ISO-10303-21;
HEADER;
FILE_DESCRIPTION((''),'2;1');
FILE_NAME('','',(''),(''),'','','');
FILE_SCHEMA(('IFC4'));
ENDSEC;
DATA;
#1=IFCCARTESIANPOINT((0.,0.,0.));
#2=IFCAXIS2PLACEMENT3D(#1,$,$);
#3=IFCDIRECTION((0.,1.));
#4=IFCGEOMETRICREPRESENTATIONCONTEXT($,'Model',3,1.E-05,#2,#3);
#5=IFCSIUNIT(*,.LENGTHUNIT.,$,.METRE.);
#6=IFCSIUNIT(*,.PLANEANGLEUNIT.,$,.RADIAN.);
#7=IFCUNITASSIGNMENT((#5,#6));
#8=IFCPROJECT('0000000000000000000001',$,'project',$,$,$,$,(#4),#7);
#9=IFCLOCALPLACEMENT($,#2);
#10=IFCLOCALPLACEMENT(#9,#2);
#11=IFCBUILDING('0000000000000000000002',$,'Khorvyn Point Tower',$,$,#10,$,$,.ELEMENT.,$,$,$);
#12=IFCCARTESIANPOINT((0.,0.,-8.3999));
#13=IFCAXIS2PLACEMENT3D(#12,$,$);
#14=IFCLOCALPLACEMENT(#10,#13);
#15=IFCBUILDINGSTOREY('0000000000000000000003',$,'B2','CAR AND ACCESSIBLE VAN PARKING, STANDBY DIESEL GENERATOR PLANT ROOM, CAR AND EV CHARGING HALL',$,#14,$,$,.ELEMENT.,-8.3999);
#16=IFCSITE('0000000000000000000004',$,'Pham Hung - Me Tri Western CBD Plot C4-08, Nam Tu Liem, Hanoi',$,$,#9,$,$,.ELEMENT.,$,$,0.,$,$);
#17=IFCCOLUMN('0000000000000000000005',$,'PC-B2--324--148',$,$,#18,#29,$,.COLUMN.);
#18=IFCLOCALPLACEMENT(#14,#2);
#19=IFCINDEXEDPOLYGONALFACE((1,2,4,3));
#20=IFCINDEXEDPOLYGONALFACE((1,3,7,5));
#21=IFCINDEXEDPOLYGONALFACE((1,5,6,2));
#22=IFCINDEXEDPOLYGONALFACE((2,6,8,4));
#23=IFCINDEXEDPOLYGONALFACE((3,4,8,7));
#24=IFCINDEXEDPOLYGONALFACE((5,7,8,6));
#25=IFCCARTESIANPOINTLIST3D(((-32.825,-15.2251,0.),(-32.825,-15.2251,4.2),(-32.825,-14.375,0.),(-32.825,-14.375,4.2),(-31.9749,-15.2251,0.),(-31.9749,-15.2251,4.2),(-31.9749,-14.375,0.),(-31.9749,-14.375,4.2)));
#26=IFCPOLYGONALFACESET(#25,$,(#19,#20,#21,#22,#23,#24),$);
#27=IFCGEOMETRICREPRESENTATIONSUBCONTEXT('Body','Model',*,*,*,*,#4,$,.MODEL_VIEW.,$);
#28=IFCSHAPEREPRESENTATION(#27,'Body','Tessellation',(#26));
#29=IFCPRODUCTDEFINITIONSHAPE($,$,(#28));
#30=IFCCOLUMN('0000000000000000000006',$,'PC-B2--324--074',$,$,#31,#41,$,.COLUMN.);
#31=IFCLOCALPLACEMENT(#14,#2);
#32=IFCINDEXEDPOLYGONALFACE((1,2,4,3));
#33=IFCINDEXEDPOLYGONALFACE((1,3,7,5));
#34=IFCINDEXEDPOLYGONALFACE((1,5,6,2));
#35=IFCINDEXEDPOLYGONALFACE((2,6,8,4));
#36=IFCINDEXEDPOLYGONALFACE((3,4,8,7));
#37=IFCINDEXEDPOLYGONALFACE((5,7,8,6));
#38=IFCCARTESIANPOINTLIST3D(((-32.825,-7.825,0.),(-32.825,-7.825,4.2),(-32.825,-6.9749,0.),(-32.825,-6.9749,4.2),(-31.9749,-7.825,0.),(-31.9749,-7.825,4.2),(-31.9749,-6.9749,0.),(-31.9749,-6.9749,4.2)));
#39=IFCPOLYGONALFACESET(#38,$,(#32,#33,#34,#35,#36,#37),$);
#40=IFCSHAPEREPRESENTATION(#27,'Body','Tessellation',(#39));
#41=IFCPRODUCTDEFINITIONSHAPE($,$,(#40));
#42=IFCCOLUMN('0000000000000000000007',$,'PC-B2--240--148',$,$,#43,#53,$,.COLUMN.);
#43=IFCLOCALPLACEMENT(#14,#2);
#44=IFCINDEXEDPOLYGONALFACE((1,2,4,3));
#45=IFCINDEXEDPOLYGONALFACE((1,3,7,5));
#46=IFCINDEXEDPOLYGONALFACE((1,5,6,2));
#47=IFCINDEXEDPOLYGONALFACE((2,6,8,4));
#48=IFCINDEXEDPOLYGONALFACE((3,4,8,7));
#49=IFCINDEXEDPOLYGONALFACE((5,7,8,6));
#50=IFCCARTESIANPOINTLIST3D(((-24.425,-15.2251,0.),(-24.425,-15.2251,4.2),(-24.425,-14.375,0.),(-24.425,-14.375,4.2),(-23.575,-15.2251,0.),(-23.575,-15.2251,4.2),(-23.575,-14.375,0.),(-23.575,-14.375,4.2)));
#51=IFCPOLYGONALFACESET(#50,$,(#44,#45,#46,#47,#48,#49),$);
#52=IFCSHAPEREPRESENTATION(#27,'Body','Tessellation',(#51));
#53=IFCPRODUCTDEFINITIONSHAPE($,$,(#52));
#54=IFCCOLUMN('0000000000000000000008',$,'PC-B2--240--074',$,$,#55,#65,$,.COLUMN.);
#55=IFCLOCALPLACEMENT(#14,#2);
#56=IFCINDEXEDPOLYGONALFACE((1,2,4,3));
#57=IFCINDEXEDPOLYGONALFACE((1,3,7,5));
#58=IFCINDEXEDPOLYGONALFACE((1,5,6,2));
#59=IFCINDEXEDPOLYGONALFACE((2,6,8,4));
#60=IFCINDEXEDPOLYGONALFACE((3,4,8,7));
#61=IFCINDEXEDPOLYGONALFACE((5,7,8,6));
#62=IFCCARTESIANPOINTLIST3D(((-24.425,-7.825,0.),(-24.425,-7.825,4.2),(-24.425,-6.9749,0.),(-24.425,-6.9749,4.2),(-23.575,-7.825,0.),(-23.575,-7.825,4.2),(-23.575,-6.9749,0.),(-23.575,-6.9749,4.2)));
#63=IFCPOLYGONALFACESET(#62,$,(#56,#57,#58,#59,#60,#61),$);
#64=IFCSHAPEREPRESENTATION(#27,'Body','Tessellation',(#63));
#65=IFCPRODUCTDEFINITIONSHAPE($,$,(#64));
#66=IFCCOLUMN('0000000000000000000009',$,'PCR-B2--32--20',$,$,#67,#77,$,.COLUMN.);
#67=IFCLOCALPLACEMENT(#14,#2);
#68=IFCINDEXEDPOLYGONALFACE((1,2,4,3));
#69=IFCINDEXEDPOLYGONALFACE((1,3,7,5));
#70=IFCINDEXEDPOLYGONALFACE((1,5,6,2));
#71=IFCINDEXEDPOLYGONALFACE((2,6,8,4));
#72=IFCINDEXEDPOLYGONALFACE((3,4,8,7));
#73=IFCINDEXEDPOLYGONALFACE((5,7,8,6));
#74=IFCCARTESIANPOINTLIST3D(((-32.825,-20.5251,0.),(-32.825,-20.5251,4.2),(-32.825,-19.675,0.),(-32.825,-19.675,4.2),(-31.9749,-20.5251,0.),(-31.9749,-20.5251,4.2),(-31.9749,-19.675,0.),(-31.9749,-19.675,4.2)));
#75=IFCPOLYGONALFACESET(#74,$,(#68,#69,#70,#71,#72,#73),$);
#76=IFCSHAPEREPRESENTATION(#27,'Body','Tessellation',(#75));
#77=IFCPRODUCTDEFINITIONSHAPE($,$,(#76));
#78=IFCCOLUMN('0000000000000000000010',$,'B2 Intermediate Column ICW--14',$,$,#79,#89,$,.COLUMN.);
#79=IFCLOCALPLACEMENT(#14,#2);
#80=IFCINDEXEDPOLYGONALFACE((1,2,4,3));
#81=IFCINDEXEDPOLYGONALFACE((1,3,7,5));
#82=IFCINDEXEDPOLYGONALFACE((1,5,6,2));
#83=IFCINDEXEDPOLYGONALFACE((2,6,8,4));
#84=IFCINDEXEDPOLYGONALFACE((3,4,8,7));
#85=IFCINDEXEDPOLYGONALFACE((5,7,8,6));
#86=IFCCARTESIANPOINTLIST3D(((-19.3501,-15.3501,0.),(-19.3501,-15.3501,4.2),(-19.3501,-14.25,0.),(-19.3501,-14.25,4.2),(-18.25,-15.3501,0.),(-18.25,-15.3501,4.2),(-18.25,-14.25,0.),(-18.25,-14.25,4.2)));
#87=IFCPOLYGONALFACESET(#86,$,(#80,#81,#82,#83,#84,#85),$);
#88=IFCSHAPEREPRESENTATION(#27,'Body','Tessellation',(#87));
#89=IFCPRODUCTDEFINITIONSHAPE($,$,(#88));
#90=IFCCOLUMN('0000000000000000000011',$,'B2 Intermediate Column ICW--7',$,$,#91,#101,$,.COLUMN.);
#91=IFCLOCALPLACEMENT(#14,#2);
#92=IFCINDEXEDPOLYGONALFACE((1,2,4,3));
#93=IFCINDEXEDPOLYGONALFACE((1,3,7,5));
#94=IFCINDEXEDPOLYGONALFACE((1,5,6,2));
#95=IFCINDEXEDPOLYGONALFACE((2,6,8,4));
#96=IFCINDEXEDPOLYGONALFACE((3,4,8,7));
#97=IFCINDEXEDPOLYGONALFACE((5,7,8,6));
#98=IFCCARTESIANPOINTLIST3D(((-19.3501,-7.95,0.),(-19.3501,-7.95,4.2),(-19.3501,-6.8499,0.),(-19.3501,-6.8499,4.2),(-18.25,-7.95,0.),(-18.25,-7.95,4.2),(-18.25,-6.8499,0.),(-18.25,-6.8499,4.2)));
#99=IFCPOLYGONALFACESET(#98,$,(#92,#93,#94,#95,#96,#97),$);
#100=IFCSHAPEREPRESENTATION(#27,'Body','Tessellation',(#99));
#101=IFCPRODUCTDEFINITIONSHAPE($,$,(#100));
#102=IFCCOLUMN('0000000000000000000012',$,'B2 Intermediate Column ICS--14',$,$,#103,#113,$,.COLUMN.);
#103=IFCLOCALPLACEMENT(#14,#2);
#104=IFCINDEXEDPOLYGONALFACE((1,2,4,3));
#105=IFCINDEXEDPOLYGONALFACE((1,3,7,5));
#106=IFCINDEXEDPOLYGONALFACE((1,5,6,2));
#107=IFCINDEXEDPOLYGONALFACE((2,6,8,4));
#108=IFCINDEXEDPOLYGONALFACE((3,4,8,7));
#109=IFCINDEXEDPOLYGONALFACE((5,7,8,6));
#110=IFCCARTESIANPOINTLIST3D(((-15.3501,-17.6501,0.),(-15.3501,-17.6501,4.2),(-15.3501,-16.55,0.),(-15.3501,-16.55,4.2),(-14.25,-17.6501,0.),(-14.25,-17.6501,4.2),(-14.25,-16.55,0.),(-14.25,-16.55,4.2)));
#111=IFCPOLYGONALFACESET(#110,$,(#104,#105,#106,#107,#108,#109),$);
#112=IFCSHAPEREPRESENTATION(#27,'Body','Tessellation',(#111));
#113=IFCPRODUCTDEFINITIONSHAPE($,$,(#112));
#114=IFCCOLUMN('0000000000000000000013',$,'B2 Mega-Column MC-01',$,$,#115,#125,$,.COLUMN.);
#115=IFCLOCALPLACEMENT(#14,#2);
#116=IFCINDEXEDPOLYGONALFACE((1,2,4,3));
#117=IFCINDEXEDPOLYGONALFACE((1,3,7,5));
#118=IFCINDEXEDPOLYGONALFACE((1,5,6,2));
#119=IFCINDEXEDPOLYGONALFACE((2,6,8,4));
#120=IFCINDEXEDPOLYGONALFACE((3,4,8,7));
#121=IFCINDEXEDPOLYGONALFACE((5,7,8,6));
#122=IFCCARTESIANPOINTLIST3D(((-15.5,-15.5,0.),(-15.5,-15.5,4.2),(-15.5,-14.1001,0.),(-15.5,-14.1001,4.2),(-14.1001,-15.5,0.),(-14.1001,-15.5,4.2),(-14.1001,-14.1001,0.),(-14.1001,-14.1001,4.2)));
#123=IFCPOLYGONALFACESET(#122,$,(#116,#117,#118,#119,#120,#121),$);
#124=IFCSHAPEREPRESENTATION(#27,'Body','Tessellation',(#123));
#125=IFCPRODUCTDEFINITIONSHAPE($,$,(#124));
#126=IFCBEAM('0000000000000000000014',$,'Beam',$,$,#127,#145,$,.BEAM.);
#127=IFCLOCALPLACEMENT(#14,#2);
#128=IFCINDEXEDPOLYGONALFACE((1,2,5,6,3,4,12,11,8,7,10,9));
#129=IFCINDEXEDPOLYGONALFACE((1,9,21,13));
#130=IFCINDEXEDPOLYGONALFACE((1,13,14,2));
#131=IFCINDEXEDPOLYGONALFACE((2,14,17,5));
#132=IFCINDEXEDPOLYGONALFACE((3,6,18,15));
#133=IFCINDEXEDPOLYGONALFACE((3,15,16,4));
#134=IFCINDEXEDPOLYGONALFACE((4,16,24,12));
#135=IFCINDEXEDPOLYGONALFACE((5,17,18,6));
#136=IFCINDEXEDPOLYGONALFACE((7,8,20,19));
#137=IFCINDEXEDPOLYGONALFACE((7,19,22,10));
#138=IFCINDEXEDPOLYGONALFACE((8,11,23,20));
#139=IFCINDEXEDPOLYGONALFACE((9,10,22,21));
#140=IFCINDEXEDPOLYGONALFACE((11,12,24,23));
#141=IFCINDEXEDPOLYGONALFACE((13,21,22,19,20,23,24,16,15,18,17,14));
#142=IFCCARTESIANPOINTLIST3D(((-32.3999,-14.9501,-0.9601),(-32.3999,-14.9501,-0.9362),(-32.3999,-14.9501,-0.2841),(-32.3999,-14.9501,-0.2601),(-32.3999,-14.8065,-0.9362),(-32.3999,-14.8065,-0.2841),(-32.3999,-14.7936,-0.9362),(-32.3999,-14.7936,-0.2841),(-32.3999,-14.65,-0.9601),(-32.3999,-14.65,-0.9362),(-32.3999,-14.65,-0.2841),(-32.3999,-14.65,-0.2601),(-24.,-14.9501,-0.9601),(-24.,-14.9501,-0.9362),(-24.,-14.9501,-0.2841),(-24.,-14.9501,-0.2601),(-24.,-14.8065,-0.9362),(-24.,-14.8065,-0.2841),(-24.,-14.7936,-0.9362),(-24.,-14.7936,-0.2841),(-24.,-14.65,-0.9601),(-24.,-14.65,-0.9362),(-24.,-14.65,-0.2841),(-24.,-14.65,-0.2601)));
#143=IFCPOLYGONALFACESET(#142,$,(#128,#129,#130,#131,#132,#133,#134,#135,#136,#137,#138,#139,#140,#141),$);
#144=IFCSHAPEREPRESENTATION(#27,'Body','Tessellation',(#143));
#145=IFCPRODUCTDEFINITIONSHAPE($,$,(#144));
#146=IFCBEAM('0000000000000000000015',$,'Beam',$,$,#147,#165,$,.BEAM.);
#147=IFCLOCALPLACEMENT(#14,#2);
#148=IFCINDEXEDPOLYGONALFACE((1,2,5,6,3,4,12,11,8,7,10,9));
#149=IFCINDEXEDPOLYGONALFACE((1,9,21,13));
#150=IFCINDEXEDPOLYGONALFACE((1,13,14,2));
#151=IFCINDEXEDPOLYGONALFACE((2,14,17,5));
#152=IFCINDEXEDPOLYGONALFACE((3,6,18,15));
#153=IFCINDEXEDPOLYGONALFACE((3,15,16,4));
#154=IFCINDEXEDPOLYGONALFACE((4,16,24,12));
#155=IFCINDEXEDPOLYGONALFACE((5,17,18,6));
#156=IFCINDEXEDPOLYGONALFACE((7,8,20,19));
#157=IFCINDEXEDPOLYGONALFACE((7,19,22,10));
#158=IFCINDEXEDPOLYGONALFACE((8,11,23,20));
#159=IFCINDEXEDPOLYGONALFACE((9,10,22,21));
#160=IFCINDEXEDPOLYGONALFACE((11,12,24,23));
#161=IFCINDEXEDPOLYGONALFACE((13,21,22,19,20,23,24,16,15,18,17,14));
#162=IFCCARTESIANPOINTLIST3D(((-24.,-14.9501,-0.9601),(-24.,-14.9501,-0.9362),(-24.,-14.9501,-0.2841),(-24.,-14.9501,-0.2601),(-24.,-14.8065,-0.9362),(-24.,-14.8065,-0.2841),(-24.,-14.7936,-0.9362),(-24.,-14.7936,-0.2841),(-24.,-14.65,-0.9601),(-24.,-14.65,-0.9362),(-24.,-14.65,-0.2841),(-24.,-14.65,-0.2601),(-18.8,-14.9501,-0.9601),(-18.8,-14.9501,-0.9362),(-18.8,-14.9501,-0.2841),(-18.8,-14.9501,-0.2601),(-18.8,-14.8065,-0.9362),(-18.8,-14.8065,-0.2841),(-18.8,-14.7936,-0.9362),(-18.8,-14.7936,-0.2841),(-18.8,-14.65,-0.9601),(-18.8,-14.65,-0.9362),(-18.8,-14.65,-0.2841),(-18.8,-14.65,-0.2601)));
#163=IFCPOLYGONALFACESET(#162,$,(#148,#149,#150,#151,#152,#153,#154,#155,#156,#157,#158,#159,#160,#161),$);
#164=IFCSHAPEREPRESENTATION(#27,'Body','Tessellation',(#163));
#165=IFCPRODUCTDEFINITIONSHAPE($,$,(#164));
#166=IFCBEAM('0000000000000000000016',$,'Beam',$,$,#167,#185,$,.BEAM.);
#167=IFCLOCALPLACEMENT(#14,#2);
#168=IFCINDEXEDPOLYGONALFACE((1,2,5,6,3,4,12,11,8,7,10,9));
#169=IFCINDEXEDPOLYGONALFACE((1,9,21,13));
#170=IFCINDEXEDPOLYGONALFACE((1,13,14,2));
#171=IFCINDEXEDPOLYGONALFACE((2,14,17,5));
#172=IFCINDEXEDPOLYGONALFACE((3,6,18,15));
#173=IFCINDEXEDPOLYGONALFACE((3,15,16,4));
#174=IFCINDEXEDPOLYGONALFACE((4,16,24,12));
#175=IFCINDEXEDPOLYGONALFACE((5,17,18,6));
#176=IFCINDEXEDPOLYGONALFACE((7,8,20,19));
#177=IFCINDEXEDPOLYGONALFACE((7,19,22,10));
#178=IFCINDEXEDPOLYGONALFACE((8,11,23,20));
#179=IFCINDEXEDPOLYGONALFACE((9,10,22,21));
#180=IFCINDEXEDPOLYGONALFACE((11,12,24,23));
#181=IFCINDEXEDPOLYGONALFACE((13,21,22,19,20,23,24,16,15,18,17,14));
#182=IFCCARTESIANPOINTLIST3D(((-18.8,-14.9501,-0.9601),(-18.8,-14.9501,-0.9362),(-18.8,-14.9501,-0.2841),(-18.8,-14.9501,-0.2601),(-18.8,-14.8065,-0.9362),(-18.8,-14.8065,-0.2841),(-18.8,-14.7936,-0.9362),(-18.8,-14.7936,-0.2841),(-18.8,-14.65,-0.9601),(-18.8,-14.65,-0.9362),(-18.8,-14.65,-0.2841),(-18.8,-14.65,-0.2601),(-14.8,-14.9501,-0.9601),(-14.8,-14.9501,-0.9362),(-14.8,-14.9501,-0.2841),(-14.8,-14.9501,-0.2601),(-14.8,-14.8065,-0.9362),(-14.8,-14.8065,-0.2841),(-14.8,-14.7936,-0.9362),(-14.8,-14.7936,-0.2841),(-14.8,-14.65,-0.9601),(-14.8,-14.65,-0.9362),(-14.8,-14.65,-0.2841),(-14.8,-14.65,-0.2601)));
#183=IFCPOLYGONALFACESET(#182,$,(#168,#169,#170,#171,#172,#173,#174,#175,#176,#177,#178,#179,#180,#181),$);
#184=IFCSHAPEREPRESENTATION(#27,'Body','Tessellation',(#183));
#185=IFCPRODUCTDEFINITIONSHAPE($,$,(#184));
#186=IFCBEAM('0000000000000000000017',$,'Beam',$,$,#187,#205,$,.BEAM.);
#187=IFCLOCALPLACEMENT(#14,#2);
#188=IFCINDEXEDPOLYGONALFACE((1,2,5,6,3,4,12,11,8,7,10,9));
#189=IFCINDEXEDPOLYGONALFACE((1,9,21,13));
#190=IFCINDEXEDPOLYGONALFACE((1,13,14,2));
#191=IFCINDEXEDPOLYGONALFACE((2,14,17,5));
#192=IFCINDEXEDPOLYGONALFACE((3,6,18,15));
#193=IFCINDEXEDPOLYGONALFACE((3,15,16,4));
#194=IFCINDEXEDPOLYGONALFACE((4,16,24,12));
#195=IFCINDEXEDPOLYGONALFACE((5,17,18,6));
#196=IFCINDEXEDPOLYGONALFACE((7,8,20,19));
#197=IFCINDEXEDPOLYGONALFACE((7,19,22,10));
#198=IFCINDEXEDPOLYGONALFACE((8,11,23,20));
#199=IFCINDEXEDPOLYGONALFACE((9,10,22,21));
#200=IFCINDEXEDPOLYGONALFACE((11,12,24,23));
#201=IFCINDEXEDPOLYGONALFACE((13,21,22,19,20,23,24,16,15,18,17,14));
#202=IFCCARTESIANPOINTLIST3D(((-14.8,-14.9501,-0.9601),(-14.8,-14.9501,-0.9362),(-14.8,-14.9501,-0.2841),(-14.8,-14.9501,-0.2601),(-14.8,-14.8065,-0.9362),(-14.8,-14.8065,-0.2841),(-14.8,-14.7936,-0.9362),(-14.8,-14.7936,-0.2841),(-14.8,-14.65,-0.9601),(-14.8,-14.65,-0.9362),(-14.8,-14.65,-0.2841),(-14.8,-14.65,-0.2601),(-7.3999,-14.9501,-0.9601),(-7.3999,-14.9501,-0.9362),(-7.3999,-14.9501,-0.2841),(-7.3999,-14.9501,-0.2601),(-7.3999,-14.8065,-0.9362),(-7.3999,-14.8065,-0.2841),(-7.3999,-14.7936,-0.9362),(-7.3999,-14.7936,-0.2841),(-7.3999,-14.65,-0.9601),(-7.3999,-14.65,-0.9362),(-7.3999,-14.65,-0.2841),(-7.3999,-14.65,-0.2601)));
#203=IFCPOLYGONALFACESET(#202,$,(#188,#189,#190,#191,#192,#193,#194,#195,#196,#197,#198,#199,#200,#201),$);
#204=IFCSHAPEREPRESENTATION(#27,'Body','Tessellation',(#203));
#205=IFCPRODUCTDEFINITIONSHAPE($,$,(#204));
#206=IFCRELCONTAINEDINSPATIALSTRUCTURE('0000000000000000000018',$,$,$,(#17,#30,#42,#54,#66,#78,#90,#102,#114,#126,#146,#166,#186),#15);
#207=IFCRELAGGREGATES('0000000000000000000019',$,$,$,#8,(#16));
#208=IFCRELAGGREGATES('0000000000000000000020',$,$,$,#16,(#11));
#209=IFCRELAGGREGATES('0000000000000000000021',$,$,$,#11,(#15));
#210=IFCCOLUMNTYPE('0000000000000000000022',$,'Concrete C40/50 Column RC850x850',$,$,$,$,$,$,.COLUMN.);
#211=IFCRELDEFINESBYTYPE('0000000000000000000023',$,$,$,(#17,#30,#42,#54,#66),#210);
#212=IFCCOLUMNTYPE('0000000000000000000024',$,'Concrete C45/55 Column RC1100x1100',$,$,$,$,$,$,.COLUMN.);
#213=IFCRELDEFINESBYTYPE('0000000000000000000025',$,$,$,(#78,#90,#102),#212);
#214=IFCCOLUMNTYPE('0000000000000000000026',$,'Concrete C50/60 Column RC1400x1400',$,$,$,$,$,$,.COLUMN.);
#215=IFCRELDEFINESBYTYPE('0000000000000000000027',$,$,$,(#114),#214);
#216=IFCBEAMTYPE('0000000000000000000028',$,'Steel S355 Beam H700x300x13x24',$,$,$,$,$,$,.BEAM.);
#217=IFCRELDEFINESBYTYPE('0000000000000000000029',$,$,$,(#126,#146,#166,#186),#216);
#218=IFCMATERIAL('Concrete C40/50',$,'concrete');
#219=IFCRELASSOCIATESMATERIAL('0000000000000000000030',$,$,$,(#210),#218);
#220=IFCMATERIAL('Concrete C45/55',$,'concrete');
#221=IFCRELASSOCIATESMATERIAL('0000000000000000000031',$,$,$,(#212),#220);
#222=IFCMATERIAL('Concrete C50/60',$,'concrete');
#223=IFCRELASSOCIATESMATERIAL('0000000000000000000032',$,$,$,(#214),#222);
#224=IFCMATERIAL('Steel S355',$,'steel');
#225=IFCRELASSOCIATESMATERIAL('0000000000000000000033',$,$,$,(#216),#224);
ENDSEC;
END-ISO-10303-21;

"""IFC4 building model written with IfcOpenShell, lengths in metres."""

from ifc_helpers import new_model, si_unit, direction, frame, origin, origin_2d, place, context, subcontext, project, spatial, rectangle, i_section, extrude, material, material_profile, profile_set, type_object, element, save


model = new_model("IFC4")

# Units and contexts
model_context = context("Model", 3, precision=1e-05, world=origin(), true_north=direction((0.0, 1.0)))
body_context = subcontext(model_context, "Body", "Model", "MODEL_VIEW")
ifc_project = project(units=[si_unit("LENGTHUNIT", "METRE"), si_unit("PLANEANGLEUNIT", "RADIAN")], contexts=[model_context])

# Site, building, storey
site_placement = place(None, origin())
site = spatial("IfcSite", under=ifc_project, at=site_placement, Name="Pham Hung - Me Tri Western CBD Plot C4-08, Nam Tu Liem, Hanoi", CompositionType="ELEMENT", RefElevation=0.0)
building_placement = place(site_placement, origin())
building = spatial("IfcBuilding", under=site, at=building_placement, Name="Khorvyn Point Tower", CompositionType="ELEMENT")
storey_placement = place(building_placement, frame((0.0, 0.0, -8.3999)))
storey = spatial("IfcBuildingStorey", under=building, at=storey_placement, Name="B2", Description="CAR AND ACCESSIBLE VAN PARKING, STANDBY DIESEL GENERATOR PLANT ROOM, CAR AND EV CHARGING HALL", CompositionType="ELEMENT", Elevation=-8.3999)

# Columns
ifc_material_1 = material(Name="Concrete C40/50", Category="concrete")
ifc_material_profile_1 = material_profile(ifc_material_1, rectangle(XDim=0.8501, YDim=0.8501, at=origin_2d()))
ifc_profile_set_1 = profile_set([ifc_material_profile_1], Name="Concrete C40/50 RC850x850")
column_type_1 = type_object("IfcColumnType", Name="Concrete C40/50 Column RC850x850", PredefinedType="COLUMN", material=ifc_profile_set_1)
for number, where, z_axis, x_axis, name in (
    (1, (-32.3999, -14.8, 0.0), (0.0, 0.0, 1.0), (1.0, 0.0, 0.0), "PC-B2--324--148"),
    (2, (-32.3999, -7.3999, 0.0), (0.0, 0.0, 1.0), (1.0, 0.0, 0.0), "PC-B2--324--074"),
    (3, (-24.0, -14.8, 0.0), (0.0, 0.0, 1.0), (1.0, 0.0, 0.0), "PC-B2--240--148"),
    (4, (-24.0, -7.3999, 0.0), (0.0, 0.0, 1.0), (1.0, 0.0, 0.0), "PC-B2--240--074"),
    (5, (-32.3999, -20.1001, 0.0), (0.0, 0.0, 1.0), (1.0, 0.0, 0.0), "PCR-B2--32--20"),
):
    element("IfcColumn", number, at=place(storey_placement, frame(where, z_axis=z_axis, x_axis=x_axis)), inside=storey, type_object=column_type_1, Name=name, PredefinedType="COLUMN", context=body_context, shape_type="SweptSolid", body=[
        extrude(rectangle(XDim=0.8501, YDim=0.8501, at=origin_2d()), origin(), (0.0, 0.0, 1.0), 4.2),
    ])
ifc_material_2 = material(Name="Concrete C45/55", Category="concrete")
ifc_material_profile_2 = material_profile(ifc_material_2, rectangle(XDim=1.1001, YDim=1.1001, at=origin_2d()))
ifc_profile_set_2 = profile_set([ifc_material_profile_2], Name="Concrete C45/55 RC1100x1100")
column_type_2 = type_object("IfcColumnType", Name="Concrete C45/55 Column RC1100x1100", PredefinedType="COLUMN", material=ifc_profile_set_2)
for number, where, z_axis, x_axis, name in (
    (6, (-18.8, -14.8, 0.0), (0.0, 0.0, 1.0), (1.0, 0.0, 0.0), "B2 Intermediate Column ICW--14"),
    (7, (-18.8, -7.3999, 0.0), (0.0, 0.0, 1.0), (1.0, 0.0, 0.0), "B2 Intermediate Column ICW--7"),
    (8, (-14.8, -17.1001, 0.0), (0.0, 0.0, 1.0), (1.0, 0.0, 0.0), "B2 Intermediate Column ICS--14"),
):
    element("IfcColumn", number, at=place(storey_placement, frame(where, z_axis=z_axis, x_axis=x_axis)), inside=storey, type_object=column_type_2, Name=name, PredefinedType="COLUMN", context=body_context, shape_type="SweptSolid", body=[
        extrude(rectangle(XDim=1.1001, YDim=1.1001, at=origin_2d()), origin(), (0.0, 0.0, 1.0), 4.2),
    ])
ifc_material_3 = material(Name="Concrete C50/60", Category="concrete")
ifc_material_profile_3 = material_profile(ifc_material_3, rectangle(XDim=1.3999, YDim=1.3999, at=origin_2d()))
ifc_profile_set_3 = profile_set([ifc_material_profile_3], Name="Concrete C50/60 RC1400x1400")
column_type_3 = type_object("IfcColumnType", Name="Concrete C50/60 Column RC1400x1400", PredefinedType="COLUMN", material=ifc_profile_set_3)
column_placement = place(storey_placement, frame((-14.8, -14.8, 0.0), z_axis=(0.0, 0.0, 1.0), x_axis=(1.0, 0.0, 0.0)))
element("IfcColumn", 9, at=column_placement, inside=storey, type_object=column_type_3, Name="B2 Mega-Column MC-01", PredefinedType="COLUMN", context=body_context, shape_type="SweptSolid", body=[
    extrude(rectangle(XDim=1.3999, YDim=1.3999, at=origin_2d()), origin(), (0.0, 0.0, 1.0), 4.2),
])

# Beams
ifc_material_4 = material(Name="Steel S355", Category="steel")
ifc_material_profile_4 = material_profile(ifc_material_4, i_section(OverallWidth=0.3, OverallDepth=0.7, WebThickness=0.0129, FlangeThickness=0.0239, at=origin_2d()))
ifc_profile_set_4 = profile_set([ifc_material_profile_4], Name="Steel S355 H700x300x13x24")
beam_type_1 = type_object("IfcBeamType", Name="Steel S355 Beam H700x300x13x24", PredefinedType="BEAM", material=ifc_profile_set_4)
beam_1_placement = place(storey_placement, frame((-32.3999, -14.8, -0.6101), z_axis=(1.0, 0.0, 0.0), x_axis=(0.0, 1.0, 0.0)))
element("IfcBeam", 10, at=beam_1_placement, inside=storey, type_object=beam_type_1, Name="Beam", PredefinedType="BEAM", context=body_context, shape_type="SweptSolid", body=[
    extrude(i_section(OverallWidth=0.3, OverallDepth=0.7, WebThickness=0.0129, FlangeThickness=0.0239, at=origin_2d()), origin(), (0.0, 0.0, 1.0), 8.3999),
])
beam_2_placement = place(storey_placement, frame((-24.0, -14.8, -0.6101), z_axis=(1.0, 0.0, 0.0), x_axis=(0.0, 1.0, 0.0)))
element("IfcBeam", 11, at=beam_2_placement, inside=storey, type_object=beam_type_1, Name="Beam", PredefinedType="BEAM", context=body_context, shape_type="SweptSolid", body=[
    extrude(i_section(OverallWidth=0.3, OverallDepth=0.7, WebThickness=0.0129, FlangeThickness=0.0239, at=origin_2d()), origin(), (0.0, 0.0, 1.0), 5.2),
])
beam_3_placement = place(storey_placement, frame((-18.8, -14.8, -0.6101), z_axis=(1.0, 0.0, 0.0), x_axis=(0.0, 1.0, 0.0)))
element("IfcBeam", 12, at=beam_3_placement, inside=storey, type_object=beam_type_1, Name="Beam", PredefinedType="BEAM", context=body_context, shape_type="SweptSolid", body=[
    extrude(i_section(OverallWidth=0.3, OverallDepth=0.7, WebThickness=0.0129, FlangeThickness=0.0239, at=origin_2d()), origin(), (0.0, 0.0, 1.0), 4.0),
])
beam_4_placement = place(storey_placement, frame((-14.8, -14.8, -0.6101), z_axis=(1.0, 0.0, 0.0), x_axis=(0.0, 1.0, 0.0)))
element("IfcBeam", 13, at=beam_4_placement, inside=storey, type_object=beam_type_1, Name="Beam", PredefinedType="BEAM", context=body_context, shape_type="SweptSolid", body=[
    extrude(i_section(OverallWidth=0.3, OverallDepth=0.7, WebThickness=0.0129, FlangeThickness=0.0239, at=origin_2d()), origin(), (0.0, 0.0, 1.0), 7.4001),
])

save(model, "model.ifc")
